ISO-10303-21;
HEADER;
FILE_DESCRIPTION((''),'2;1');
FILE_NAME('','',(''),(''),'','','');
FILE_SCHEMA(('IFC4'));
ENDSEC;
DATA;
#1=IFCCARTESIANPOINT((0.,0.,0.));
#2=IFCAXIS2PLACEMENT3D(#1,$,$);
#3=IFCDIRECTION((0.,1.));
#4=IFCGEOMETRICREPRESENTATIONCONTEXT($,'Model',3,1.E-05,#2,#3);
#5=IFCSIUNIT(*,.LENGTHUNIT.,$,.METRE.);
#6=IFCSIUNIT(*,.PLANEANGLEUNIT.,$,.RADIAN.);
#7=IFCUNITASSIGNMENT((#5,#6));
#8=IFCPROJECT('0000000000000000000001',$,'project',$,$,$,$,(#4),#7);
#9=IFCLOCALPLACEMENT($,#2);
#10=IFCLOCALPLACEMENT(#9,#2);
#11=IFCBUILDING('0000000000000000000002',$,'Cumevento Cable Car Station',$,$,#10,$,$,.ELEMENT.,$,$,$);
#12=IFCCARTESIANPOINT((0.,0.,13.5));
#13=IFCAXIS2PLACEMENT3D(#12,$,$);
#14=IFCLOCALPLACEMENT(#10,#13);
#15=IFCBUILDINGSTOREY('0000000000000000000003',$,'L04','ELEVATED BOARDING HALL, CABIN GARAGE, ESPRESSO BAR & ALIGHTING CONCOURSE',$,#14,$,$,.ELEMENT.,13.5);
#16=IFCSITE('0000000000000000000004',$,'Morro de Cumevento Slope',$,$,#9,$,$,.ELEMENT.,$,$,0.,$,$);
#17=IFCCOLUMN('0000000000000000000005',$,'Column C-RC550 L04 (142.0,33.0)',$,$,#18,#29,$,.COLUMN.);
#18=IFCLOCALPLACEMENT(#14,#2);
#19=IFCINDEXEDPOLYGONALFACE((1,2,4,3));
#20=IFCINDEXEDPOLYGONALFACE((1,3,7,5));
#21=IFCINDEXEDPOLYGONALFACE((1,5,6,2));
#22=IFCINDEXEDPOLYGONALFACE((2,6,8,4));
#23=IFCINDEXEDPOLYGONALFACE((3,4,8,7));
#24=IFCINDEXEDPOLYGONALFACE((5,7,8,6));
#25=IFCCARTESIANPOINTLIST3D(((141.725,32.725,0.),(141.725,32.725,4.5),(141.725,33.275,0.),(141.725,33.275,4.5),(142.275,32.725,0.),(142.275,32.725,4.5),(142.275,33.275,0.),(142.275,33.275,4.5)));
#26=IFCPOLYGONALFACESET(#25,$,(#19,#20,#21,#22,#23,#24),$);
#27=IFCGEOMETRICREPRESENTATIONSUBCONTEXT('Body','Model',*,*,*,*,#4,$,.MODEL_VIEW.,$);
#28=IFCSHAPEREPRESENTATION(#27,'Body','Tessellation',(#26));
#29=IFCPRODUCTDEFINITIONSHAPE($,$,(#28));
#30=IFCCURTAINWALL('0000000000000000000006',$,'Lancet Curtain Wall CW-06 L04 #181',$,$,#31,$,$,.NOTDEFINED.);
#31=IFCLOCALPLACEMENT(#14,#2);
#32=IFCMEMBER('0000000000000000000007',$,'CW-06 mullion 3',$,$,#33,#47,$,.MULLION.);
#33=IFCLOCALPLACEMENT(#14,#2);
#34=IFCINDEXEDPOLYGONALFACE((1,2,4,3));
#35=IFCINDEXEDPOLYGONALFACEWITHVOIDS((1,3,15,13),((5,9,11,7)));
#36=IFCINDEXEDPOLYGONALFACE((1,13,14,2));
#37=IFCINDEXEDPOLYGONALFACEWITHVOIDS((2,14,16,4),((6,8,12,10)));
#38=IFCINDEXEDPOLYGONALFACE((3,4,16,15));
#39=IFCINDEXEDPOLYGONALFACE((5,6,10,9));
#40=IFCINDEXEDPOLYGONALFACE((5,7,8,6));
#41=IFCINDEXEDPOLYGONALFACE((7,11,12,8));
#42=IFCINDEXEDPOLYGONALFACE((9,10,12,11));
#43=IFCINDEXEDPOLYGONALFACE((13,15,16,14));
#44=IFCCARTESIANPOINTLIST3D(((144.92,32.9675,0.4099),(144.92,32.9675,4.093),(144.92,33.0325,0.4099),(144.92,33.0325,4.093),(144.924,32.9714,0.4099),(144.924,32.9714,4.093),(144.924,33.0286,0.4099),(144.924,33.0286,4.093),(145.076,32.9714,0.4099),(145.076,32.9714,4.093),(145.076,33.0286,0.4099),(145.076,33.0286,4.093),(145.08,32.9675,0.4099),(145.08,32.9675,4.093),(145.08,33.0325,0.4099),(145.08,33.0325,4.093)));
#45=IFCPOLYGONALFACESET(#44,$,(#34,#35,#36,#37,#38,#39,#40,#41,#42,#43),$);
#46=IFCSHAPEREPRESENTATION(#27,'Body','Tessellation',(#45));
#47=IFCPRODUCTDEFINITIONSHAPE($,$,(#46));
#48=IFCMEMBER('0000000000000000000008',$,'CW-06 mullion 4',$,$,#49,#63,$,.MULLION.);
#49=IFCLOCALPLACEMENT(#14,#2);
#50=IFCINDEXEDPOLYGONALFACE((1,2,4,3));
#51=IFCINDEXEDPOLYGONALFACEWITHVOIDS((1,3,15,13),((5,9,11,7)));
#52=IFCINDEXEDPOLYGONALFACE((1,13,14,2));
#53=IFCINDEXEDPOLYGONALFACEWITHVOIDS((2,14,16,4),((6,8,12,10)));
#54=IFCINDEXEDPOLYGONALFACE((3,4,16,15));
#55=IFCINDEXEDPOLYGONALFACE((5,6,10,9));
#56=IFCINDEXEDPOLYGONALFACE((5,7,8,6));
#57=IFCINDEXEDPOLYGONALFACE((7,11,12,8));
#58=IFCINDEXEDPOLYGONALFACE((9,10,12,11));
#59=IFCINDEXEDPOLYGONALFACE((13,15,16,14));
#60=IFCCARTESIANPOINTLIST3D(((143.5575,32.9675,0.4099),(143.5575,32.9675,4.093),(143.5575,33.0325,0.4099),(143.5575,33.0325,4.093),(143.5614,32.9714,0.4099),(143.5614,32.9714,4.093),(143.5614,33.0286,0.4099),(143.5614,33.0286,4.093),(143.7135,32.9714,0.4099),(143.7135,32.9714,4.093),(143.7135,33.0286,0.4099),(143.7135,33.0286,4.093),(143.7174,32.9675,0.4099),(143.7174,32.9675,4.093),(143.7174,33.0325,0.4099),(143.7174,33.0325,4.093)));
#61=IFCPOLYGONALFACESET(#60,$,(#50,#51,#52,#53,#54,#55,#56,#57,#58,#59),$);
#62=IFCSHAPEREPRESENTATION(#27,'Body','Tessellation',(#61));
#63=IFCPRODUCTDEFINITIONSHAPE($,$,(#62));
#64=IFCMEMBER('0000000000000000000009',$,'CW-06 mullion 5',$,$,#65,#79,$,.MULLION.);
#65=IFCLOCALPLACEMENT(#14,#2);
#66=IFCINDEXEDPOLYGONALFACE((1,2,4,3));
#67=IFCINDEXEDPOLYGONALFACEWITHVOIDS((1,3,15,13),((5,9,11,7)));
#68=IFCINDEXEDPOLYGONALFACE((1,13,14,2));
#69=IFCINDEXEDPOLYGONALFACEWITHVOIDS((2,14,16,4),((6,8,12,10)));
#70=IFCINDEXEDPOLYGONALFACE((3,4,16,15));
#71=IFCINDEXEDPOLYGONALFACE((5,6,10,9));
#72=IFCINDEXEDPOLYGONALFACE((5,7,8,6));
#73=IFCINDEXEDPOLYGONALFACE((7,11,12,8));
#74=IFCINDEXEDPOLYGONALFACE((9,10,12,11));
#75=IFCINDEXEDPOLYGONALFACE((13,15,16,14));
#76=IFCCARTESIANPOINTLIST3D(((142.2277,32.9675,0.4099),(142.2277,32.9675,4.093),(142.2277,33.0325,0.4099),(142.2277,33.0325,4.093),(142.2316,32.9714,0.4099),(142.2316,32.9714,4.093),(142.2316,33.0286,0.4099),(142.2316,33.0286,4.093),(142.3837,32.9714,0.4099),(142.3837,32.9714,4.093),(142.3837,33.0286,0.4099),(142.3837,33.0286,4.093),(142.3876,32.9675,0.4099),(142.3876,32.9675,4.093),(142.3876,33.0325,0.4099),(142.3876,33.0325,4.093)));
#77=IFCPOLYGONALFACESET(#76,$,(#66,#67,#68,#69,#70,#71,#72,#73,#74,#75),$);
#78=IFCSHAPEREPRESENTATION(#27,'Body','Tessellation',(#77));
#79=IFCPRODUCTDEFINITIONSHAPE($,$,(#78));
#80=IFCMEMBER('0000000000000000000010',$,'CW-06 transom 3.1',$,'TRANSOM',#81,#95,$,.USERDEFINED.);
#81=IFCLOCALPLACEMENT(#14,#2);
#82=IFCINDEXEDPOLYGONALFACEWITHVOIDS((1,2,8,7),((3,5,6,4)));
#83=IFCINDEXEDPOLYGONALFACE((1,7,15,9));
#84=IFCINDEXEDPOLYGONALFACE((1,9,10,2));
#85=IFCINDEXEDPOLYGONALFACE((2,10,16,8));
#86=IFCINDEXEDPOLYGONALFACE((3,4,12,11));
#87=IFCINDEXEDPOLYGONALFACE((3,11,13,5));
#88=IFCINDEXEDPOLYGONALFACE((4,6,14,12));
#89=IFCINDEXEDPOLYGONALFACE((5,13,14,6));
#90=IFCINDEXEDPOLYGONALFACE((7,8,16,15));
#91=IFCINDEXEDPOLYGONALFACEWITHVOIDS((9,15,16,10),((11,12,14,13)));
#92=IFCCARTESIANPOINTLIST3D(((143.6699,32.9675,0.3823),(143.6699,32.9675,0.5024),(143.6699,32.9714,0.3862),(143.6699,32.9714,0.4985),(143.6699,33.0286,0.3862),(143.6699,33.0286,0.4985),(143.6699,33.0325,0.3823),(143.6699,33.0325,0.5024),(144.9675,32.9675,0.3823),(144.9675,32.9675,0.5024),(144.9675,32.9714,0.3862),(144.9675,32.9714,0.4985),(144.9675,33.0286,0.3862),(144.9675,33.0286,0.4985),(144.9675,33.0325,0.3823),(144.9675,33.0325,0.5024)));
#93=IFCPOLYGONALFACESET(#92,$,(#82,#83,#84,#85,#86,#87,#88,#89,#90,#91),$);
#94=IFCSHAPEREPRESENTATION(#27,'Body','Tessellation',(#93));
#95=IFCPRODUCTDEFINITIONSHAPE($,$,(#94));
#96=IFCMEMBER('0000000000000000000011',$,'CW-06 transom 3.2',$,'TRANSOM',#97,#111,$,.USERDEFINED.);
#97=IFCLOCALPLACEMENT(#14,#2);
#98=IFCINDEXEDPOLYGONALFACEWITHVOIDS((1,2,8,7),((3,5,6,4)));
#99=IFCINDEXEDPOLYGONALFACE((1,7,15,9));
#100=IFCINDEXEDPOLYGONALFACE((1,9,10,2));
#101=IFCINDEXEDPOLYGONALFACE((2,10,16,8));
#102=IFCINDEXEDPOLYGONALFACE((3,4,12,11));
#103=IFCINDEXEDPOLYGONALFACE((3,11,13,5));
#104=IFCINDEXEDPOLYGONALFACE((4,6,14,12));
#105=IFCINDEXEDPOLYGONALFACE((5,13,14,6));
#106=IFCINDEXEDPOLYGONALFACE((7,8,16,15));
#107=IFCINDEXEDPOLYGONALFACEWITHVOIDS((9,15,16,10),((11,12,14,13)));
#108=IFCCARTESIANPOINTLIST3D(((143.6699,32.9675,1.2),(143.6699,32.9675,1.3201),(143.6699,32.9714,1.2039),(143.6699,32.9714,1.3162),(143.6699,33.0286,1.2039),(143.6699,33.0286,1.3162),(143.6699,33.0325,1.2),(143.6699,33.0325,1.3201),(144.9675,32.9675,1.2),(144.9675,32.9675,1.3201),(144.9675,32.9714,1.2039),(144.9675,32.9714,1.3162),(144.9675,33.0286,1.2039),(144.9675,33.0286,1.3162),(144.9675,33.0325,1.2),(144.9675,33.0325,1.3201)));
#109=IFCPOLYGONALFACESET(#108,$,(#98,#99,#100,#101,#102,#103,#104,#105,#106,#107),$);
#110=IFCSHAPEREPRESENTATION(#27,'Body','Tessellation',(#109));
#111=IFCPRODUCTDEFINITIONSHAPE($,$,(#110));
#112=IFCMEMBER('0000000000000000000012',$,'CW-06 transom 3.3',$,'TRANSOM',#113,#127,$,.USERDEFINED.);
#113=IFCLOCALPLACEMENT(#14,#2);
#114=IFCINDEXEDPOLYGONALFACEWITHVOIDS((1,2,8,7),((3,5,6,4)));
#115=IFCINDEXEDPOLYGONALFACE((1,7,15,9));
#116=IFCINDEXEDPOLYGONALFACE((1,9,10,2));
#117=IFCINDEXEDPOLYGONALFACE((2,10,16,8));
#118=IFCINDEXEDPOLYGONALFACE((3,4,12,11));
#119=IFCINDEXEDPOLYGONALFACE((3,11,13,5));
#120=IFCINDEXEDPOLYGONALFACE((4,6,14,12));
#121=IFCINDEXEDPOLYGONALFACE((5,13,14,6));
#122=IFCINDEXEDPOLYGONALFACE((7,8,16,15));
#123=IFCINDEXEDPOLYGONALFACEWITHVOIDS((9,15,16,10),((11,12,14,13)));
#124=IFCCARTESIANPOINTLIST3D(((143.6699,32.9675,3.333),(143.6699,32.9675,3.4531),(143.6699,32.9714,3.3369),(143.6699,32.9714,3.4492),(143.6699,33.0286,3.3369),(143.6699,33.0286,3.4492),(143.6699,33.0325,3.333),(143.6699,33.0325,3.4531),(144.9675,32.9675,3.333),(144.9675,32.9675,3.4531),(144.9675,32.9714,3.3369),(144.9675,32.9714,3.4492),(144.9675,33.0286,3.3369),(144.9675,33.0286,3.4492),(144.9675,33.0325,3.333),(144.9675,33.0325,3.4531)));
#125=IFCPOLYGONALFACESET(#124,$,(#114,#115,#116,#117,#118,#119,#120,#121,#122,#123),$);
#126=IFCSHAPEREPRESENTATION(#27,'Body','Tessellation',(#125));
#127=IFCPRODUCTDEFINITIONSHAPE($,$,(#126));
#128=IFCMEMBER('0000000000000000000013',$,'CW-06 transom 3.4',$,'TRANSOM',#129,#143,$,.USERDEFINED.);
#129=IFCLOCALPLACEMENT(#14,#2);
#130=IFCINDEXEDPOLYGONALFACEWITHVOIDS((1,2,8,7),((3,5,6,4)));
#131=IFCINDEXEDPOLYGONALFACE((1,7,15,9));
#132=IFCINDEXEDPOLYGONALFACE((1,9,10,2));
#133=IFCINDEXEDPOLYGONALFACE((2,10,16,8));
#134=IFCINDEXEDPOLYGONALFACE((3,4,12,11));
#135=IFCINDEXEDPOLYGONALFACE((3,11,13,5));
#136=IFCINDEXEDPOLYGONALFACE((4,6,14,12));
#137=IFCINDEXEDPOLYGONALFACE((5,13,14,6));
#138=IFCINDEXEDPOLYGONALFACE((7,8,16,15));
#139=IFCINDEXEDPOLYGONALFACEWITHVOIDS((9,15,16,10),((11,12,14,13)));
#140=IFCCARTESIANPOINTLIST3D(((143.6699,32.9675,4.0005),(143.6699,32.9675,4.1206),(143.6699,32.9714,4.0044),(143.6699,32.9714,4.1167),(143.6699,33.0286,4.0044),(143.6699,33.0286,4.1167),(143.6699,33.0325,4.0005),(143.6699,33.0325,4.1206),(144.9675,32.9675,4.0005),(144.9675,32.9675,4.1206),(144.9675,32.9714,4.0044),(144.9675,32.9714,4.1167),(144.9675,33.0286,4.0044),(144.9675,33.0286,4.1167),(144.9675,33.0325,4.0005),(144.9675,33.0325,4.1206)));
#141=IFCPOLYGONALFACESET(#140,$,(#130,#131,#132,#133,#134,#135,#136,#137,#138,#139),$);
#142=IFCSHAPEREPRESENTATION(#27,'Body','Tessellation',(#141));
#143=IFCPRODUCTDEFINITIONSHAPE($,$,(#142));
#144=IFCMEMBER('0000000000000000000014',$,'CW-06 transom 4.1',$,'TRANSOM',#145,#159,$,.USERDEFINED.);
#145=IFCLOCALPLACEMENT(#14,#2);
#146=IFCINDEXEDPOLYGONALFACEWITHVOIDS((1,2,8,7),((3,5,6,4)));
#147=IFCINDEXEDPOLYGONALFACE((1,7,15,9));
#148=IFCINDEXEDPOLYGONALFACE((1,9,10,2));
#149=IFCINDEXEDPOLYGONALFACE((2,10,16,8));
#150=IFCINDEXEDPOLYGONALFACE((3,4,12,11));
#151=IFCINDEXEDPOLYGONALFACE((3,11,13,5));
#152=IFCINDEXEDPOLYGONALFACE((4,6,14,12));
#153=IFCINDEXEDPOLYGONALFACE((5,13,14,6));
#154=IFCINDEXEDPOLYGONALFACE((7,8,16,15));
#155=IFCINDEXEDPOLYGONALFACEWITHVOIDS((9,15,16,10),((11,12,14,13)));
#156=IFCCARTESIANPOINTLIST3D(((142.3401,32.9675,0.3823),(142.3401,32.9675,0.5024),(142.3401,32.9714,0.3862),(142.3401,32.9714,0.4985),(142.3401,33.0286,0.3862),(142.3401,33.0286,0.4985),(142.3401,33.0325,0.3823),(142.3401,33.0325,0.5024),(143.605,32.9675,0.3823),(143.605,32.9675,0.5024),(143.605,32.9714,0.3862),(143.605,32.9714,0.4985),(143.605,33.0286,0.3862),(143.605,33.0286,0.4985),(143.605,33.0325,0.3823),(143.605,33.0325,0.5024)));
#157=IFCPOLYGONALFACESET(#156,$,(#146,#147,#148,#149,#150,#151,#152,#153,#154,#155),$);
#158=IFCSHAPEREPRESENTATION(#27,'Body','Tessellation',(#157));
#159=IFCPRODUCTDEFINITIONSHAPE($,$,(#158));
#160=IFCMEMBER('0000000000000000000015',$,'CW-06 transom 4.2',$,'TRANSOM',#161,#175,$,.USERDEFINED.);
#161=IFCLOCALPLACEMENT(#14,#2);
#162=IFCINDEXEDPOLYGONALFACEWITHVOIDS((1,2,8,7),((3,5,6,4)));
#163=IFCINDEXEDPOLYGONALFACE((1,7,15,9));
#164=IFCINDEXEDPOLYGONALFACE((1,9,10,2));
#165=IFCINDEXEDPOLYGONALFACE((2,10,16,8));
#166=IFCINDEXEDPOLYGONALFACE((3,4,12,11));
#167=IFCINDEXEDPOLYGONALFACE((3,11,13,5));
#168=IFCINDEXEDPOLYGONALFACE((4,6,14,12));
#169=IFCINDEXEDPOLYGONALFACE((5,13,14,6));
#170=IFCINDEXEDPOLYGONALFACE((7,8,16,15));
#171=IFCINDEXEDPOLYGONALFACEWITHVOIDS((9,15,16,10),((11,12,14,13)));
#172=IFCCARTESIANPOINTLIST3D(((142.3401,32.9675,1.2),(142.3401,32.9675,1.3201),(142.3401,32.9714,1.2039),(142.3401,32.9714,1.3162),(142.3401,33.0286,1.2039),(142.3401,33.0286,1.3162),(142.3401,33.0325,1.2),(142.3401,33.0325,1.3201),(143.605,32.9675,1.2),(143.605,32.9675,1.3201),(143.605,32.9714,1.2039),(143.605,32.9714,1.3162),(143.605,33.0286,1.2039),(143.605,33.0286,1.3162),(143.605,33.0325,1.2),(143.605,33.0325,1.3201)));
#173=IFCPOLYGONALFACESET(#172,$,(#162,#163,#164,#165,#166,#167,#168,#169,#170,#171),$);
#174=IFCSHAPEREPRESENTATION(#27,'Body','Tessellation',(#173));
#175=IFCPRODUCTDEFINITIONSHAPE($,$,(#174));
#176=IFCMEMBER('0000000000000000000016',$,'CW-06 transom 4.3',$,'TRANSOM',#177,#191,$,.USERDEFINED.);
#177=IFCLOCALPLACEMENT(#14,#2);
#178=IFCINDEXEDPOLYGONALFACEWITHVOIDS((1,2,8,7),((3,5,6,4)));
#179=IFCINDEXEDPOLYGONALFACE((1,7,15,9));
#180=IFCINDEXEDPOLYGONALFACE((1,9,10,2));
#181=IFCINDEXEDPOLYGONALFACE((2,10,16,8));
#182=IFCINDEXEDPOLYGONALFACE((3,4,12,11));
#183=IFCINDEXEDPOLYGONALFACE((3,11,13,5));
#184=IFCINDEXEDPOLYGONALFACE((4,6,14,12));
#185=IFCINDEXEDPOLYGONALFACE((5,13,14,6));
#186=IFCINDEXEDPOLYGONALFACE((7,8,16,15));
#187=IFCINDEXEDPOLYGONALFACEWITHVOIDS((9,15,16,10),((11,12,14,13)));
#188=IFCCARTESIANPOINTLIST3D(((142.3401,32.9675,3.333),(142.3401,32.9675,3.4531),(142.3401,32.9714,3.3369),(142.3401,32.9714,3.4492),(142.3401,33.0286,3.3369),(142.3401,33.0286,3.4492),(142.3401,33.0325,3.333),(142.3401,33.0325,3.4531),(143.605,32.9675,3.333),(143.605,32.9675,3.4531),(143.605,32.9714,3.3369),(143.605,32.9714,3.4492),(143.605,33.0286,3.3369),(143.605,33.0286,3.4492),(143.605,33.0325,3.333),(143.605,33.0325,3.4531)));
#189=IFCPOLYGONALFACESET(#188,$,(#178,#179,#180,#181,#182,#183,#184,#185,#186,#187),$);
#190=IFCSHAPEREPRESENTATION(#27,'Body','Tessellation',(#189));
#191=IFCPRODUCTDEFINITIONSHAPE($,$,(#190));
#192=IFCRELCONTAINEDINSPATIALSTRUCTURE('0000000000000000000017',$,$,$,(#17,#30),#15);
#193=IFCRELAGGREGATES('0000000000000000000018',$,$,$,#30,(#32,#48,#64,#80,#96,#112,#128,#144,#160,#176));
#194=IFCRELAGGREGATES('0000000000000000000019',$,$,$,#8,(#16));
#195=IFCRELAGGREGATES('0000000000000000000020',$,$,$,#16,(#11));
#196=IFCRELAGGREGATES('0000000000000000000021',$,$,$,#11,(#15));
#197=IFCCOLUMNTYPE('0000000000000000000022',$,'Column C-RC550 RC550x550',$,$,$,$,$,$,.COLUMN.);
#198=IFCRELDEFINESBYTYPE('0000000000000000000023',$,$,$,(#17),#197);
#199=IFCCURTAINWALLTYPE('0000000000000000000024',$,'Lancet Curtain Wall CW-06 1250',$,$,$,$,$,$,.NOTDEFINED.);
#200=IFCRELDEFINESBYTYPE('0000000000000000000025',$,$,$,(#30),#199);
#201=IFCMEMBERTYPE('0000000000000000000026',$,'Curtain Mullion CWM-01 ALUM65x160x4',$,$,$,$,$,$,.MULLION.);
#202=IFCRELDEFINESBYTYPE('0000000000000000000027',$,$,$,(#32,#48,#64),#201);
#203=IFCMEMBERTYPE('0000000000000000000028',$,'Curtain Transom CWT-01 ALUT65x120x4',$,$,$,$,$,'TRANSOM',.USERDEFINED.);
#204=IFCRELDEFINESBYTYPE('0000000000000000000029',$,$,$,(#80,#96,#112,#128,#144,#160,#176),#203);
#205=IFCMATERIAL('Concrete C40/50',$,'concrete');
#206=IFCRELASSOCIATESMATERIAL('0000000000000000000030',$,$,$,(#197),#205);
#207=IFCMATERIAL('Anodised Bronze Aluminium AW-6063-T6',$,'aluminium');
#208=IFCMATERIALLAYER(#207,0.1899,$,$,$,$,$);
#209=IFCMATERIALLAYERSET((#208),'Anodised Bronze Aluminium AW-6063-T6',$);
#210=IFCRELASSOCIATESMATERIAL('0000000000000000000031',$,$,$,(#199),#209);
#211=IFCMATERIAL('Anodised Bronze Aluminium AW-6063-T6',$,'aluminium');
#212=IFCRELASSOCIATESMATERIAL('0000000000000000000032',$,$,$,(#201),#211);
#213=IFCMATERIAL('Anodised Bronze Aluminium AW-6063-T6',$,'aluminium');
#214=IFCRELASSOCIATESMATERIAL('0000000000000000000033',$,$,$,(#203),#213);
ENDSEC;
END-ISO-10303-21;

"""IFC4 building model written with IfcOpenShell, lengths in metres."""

from ifc_helpers import new_model, si_unit, direction, frame, origin, origin_2d, place, context, subcontext, project, spatial, rectangle, hollow_rectangle, extrude, material, layer, layer_set, material_profile, profile_set, type_object, element, aggregate, save


model = new_model("IFC4")

# Units and contexts
model_context = context("Model", 3, precision=1e-05, world=origin(), true_north=direction((0.0, 1.0)))
body_context = subcontext(model_context, "Body", "Model", "MODEL_VIEW")
ifc_project = project(units=[si_unit("LENGTHUNIT", "METRE"), si_unit("PLANEANGLEUNIT", "RADIAN")], contexts=[model_context])

# Site, building, storey
site_placement = place(None, origin())
site = spatial("IfcSite", under=ifc_project, at=site_placement, Name="Morro de Cumevento Slope", CompositionType="ELEMENT", RefElevation=0.0)
building_placement = place(site_placement, origin())
building = spatial("IfcBuilding", under=site, at=building_placement, Name="Cumevento Cable Car Station", CompositionType="ELEMENT")
storey_placement = place(building_placement, frame((0.0, 0.0, 13.5)))
storey = spatial("IfcBuildingStorey", under=building, at=storey_placement, Name="L04", Description="ELEVATED BOARDING HALL, CABIN GARAGE, ESPRESSO BAR & ALIGHTING CONCOURSE", CompositionType="ELEMENT", Elevation=13.5)

# Column
ifc_material_1 = material(Name="Concrete C40/50", Category="concrete")
ifc_material_profile_1 = material_profile(ifc_material_1, rectangle(XDim=0.55, YDim=0.55, at=origin_2d()), Name="RC550x550")
ifc_profile_set_1 = profile_set([ifc_material_profile_1], Name="Concrete C40/50")
column_type = type_object("IfcColumnType", Name="Column C-RC550 RC550x550", PredefinedType="COLUMN", material=ifc_profile_set_1)
column_placement = place(storey_placement, frame((142.0, 33.0, 0.0), z_axis=(0.0, 0.0, 1.0), x_axis=(1.0, 0.0, 0.0)))
element("IfcColumn", 1, at=column_placement, inside=storey, type_object=column_type, Name="Column C-RC550 L04 (142.0,33.0)", PredefinedType="COLUMN", context=body_context, shape_type="SweptSolid", body=[
    extrude(rectangle(XDim=0.55, YDim=0.55, at=origin_2d()), origin(), (0.0, 0.0, 1.0), 4.5),
])

# Curtain wall, members
ifc_material_2 = material(Name="Anodised Bronze Aluminium AW-6063-T6", Category="aluminium")
ifc_layer_1 = layer(ifc_material_2, 0.1899)
ifc_layer_set_1 = layer_set([ifc_layer_1], Name="Anodised Bronze Aluminium AW-6063-T6")
curtain_wall_type = type_object("IfcCurtainWallType", Name="Lancet Curtain Wall CW-06 1250", PredefinedType="NOTDEFINED", material=ifc_layer_set_1)
curtain_wall_placement = place(storey_placement, origin())
curtain_wall = element("IfcCurtainWall", 2, at=curtain_wall_placement, inside=storey, type_object=curtain_wall_type, Name="Lancet Curtain Wall CW-06 L04 #181", PredefinedType="NOTDEFINED")
ifc_material_3 = material(Name="Anodised Bronze Aluminium AW-6063-T6", Category="aluminium")
ifc_material_profile_2 = material_profile(ifc_material_3, hollow_rectangle(XDim=0.0649, YDim=0.1599, WallThickness=0.0039, at=origin_2d()), Name="ALUM65x160x4")
ifc_profile_set_2 = profile_set([ifc_material_profile_2], Name="Anodised Bronze Aluminium AW-6063-T6")
member_type_1 = type_object("IfcMemberType", Name="Curtain Mullion CWM-01 ALUM65x160x4", PredefinedType="MULLION", material=ifc_profile_set_2)
member_1_placement = place(storey_placement, frame((145.0, 33.0, 0.4099), z_axis=(0.0, 0.0, 1.0), x_axis=(0.0, -1.0, 0.0)))
member_1 = element("IfcMember", 3, at=member_1_placement, type_object=member_type_1, Name="CW-06 mullion 3", PredefinedType="MULLION", context=body_context, shape_type="SweptSolid", body=[
    extrude(hollow_rectangle(XDim=0.0649, YDim=0.1599, WallThickness=0.0039, at=origin_2d()), origin(), (0.0, 0.0, 1.0), 3.6831),
])
member_2_placement = place(storey_placement, frame((143.6375, 33.0, 0.4099), z_axis=(0.0, 0.0, 1.0), x_axis=(0.0, -1.0, 0.0)))
member_2 = element("IfcMember", 4, at=member_2_placement, type_object=member_type_1, Name="CW-06 mullion 4", PredefinedType="MULLION", context=body_context, shape_type="SweptSolid", body=[
    extrude(hollow_rectangle(XDim=0.0649, YDim=0.1599, WallThickness=0.0039, at=origin_2d()), origin(), (0.0, 0.0, 1.0), 3.6831),
])
member_3_placement = place(storey_placement, frame((142.3076, 33.0, 0.4099), z_axis=(0.0, 0.0, 1.0), x_axis=(0.0, -1.0, 0.0)))
member_3 = element("IfcMember", 5, at=member_3_placement, type_object=member_type_1, Name="CW-06 mullion 5", PredefinedType="MULLION", context=body_context, shape_type="SweptSolid", body=[
    extrude(hollow_rectangle(XDim=0.0649, YDim=0.1599, WallThickness=0.0039, at=origin_2d()), origin(), (0.0, 0.0, 1.0), 3.6831),
])
ifc_material_4 = material(Name="Anodised Bronze Aluminium AW-6063-T6", Category="aluminium")
ifc_material_profile_3 = material_profile(ifc_material_4, hollow_rectangle(XDim=0.0649, YDim=0.1201, WallThickness=0.0039, at=origin_2d()), Name="ALUT65x120x4")
ifc_profile_set_3 = profile_set([ifc_material_profile_3], Name="Anodised Bronze Aluminium AW-6063-T6")
member_type_2 = type_object("IfcMemberType", Name="Curtain Transom CWT-01 ALUT65x120x4", ElementType="TRANSOM", PredefinedType="USERDEFINED", material=ifc_profile_set_3)
member_4_placement = place(storey_placement, frame((144.9675, 33.0, 0.4424), z_axis=(-1.0, 0.0, 0.0), x_axis=(0.0, -1.0, 0.0)))
member_4 = element("IfcMember", 6, at=member_4_placement, type_object=member_type_2, Name="CW-06 transom 3.1", ObjectType="TRANSOM", PredefinedType="USERDEFINED", context=body_context, shape_type="SweptSolid", body=[
    extrude(hollow_rectangle(XDim=0.0649, YDim=0.1201, WallThickness=0.0039, at=origin_2d()), origin(), (0.0, 0.0, 1.0), 1.2976),
])
member_5_placement = place(storey_placement, frame((144.9675, 33.0, 1.26), z_axis=(-1.0, 0.0, 0.0), x_axis=(0.0, -1.0, 0.0)))
member_5 = element("IfcMember", 7, at=member_5_placement, type_object=member_type_2, Name="CW-06 transom 3.2", ObjectType="TRANSOM", PredefinedType="USERDEFINED", context=body_context, shape_type="SweptSolid", body=[
    extrude(hollow_rectangle(XDim=0.0649, YDim=0.1201, WallThickness=0.0039, at=origin_2d()), origin(), (0.0, 0.0, 1.0), 1.2976),
])
member_6_placement = place(storey_placement, frame((144.9675, 33.0, 3.3931), z_axis=(-1.0, 0.0, 0.0), x_axis=(0.0, -1.0, 0.0)))
member_6 = element("IfcMember", 8, at=member_6_placement, type_object=member_type_2, Name="CW-06 transom 3.3", ObjectType="TRANSOM", PredefinedType="USERDEFINED", context=body_context, shape_type="SweptSolid", body=[
    extrude(hollow_rectangle(XDim=0.0649, YDim=0.1201, WallThickness=0.0039, at=origin_2d()), origin(), (0.0, 0.0, 1.0), 1.2976),
])
member_7_placement = place(storey_placement, frame((144.9675, 33.0, 4.0605), z_axis=(-1.0, 0.0, 0.0), x_axis=(0.0, -1.0, 0.0)))
member_7 = element("IfcMember", 9, at=member_7_placement, type_object=member_type_2, Name="CW-06 transom 3.4", ObjectType="TRANSOM", PredefinedType="USERDEFINED", context=body_context, shape_type="SweptSolid", body=[
    extrude(hollow_rectangle(XDim=0.0649, YDim=0.1201, WallThickness=0.0039, at=origin_2d()), origin(), (0.0, 0.0, 1.0), 1.2976),
])
member_8_placement = place(storey_placement, frame((143.605, 33.0, 0.4424), z_axis=(-1.0, 0.0, 0.0), x_axis=(0.0, -1.0, 0.0)))
member_8 = element("IfcMember", 10, at=member_8_placement, type_object=member_type_2, Name="CW-06 transom 4.1", ObjectType="TRANSOM", PredefinedType="USERDEFINED", context=body_context, shape_type="SweptSolid", body=[
    extrude(hollow_rectangle(XDim=0.0649, YDim=0.1201, WallThickness=0.0039, at=origin_2d()), origin(), (0.0, 0.0, 1.0), 1.2649),
])
member_9_placement = place(storey_placement, frame((143.605, 33.0, 1.26), z_axis=(-1.0, 0.0, 0.0), x_axis=(0.0, -1.0, 0.0)))
member_9 = element("IfcMember", 11, at=member_9_placement, type_object=member_type_2, Name="CW-06 transom 4.2", ObjectType="TRANSOM", PredefinedType="USERDEFINED", context=body_context, shape_type="SweptSolid", body=[
    extrude(hollow_rectangle(XDim=0.0649, YDim=0.1201, WallThickness=0.0039, at=origin_2d()), origin(), (0.0, 0.0, 1.0), 1.2649),
])
member_10_placement = place(storey_placement, frame((143.605, 33.0, 3.3931), z_axis=(-1.0, 0.0, 0.0), x_axis=(0.0, -1.0, 0.0)))
member_10 = element("IfcMember", 12, at=member_10_placement, type_object=member_type_2, Name="CW-06 transom 4.3", ObjectType="TRANSOM", PredefinedType="USERDEFINED", context=body_context, shape_type="SweptSolid", body=[
    extrude(hollow_rectangle(XDim=0.0649, YDim=0.1201, WallThickness=0.0039, at=origin_2d()), origin(), (0.0, 0.0, 1.0), 1.2649),
])

aggregate(curtain_wall, [member_1, member_2, member_3, member_4, member_5, member_6, member_7, member_8, member_9, member_10])

save(model, "model.ifc")
